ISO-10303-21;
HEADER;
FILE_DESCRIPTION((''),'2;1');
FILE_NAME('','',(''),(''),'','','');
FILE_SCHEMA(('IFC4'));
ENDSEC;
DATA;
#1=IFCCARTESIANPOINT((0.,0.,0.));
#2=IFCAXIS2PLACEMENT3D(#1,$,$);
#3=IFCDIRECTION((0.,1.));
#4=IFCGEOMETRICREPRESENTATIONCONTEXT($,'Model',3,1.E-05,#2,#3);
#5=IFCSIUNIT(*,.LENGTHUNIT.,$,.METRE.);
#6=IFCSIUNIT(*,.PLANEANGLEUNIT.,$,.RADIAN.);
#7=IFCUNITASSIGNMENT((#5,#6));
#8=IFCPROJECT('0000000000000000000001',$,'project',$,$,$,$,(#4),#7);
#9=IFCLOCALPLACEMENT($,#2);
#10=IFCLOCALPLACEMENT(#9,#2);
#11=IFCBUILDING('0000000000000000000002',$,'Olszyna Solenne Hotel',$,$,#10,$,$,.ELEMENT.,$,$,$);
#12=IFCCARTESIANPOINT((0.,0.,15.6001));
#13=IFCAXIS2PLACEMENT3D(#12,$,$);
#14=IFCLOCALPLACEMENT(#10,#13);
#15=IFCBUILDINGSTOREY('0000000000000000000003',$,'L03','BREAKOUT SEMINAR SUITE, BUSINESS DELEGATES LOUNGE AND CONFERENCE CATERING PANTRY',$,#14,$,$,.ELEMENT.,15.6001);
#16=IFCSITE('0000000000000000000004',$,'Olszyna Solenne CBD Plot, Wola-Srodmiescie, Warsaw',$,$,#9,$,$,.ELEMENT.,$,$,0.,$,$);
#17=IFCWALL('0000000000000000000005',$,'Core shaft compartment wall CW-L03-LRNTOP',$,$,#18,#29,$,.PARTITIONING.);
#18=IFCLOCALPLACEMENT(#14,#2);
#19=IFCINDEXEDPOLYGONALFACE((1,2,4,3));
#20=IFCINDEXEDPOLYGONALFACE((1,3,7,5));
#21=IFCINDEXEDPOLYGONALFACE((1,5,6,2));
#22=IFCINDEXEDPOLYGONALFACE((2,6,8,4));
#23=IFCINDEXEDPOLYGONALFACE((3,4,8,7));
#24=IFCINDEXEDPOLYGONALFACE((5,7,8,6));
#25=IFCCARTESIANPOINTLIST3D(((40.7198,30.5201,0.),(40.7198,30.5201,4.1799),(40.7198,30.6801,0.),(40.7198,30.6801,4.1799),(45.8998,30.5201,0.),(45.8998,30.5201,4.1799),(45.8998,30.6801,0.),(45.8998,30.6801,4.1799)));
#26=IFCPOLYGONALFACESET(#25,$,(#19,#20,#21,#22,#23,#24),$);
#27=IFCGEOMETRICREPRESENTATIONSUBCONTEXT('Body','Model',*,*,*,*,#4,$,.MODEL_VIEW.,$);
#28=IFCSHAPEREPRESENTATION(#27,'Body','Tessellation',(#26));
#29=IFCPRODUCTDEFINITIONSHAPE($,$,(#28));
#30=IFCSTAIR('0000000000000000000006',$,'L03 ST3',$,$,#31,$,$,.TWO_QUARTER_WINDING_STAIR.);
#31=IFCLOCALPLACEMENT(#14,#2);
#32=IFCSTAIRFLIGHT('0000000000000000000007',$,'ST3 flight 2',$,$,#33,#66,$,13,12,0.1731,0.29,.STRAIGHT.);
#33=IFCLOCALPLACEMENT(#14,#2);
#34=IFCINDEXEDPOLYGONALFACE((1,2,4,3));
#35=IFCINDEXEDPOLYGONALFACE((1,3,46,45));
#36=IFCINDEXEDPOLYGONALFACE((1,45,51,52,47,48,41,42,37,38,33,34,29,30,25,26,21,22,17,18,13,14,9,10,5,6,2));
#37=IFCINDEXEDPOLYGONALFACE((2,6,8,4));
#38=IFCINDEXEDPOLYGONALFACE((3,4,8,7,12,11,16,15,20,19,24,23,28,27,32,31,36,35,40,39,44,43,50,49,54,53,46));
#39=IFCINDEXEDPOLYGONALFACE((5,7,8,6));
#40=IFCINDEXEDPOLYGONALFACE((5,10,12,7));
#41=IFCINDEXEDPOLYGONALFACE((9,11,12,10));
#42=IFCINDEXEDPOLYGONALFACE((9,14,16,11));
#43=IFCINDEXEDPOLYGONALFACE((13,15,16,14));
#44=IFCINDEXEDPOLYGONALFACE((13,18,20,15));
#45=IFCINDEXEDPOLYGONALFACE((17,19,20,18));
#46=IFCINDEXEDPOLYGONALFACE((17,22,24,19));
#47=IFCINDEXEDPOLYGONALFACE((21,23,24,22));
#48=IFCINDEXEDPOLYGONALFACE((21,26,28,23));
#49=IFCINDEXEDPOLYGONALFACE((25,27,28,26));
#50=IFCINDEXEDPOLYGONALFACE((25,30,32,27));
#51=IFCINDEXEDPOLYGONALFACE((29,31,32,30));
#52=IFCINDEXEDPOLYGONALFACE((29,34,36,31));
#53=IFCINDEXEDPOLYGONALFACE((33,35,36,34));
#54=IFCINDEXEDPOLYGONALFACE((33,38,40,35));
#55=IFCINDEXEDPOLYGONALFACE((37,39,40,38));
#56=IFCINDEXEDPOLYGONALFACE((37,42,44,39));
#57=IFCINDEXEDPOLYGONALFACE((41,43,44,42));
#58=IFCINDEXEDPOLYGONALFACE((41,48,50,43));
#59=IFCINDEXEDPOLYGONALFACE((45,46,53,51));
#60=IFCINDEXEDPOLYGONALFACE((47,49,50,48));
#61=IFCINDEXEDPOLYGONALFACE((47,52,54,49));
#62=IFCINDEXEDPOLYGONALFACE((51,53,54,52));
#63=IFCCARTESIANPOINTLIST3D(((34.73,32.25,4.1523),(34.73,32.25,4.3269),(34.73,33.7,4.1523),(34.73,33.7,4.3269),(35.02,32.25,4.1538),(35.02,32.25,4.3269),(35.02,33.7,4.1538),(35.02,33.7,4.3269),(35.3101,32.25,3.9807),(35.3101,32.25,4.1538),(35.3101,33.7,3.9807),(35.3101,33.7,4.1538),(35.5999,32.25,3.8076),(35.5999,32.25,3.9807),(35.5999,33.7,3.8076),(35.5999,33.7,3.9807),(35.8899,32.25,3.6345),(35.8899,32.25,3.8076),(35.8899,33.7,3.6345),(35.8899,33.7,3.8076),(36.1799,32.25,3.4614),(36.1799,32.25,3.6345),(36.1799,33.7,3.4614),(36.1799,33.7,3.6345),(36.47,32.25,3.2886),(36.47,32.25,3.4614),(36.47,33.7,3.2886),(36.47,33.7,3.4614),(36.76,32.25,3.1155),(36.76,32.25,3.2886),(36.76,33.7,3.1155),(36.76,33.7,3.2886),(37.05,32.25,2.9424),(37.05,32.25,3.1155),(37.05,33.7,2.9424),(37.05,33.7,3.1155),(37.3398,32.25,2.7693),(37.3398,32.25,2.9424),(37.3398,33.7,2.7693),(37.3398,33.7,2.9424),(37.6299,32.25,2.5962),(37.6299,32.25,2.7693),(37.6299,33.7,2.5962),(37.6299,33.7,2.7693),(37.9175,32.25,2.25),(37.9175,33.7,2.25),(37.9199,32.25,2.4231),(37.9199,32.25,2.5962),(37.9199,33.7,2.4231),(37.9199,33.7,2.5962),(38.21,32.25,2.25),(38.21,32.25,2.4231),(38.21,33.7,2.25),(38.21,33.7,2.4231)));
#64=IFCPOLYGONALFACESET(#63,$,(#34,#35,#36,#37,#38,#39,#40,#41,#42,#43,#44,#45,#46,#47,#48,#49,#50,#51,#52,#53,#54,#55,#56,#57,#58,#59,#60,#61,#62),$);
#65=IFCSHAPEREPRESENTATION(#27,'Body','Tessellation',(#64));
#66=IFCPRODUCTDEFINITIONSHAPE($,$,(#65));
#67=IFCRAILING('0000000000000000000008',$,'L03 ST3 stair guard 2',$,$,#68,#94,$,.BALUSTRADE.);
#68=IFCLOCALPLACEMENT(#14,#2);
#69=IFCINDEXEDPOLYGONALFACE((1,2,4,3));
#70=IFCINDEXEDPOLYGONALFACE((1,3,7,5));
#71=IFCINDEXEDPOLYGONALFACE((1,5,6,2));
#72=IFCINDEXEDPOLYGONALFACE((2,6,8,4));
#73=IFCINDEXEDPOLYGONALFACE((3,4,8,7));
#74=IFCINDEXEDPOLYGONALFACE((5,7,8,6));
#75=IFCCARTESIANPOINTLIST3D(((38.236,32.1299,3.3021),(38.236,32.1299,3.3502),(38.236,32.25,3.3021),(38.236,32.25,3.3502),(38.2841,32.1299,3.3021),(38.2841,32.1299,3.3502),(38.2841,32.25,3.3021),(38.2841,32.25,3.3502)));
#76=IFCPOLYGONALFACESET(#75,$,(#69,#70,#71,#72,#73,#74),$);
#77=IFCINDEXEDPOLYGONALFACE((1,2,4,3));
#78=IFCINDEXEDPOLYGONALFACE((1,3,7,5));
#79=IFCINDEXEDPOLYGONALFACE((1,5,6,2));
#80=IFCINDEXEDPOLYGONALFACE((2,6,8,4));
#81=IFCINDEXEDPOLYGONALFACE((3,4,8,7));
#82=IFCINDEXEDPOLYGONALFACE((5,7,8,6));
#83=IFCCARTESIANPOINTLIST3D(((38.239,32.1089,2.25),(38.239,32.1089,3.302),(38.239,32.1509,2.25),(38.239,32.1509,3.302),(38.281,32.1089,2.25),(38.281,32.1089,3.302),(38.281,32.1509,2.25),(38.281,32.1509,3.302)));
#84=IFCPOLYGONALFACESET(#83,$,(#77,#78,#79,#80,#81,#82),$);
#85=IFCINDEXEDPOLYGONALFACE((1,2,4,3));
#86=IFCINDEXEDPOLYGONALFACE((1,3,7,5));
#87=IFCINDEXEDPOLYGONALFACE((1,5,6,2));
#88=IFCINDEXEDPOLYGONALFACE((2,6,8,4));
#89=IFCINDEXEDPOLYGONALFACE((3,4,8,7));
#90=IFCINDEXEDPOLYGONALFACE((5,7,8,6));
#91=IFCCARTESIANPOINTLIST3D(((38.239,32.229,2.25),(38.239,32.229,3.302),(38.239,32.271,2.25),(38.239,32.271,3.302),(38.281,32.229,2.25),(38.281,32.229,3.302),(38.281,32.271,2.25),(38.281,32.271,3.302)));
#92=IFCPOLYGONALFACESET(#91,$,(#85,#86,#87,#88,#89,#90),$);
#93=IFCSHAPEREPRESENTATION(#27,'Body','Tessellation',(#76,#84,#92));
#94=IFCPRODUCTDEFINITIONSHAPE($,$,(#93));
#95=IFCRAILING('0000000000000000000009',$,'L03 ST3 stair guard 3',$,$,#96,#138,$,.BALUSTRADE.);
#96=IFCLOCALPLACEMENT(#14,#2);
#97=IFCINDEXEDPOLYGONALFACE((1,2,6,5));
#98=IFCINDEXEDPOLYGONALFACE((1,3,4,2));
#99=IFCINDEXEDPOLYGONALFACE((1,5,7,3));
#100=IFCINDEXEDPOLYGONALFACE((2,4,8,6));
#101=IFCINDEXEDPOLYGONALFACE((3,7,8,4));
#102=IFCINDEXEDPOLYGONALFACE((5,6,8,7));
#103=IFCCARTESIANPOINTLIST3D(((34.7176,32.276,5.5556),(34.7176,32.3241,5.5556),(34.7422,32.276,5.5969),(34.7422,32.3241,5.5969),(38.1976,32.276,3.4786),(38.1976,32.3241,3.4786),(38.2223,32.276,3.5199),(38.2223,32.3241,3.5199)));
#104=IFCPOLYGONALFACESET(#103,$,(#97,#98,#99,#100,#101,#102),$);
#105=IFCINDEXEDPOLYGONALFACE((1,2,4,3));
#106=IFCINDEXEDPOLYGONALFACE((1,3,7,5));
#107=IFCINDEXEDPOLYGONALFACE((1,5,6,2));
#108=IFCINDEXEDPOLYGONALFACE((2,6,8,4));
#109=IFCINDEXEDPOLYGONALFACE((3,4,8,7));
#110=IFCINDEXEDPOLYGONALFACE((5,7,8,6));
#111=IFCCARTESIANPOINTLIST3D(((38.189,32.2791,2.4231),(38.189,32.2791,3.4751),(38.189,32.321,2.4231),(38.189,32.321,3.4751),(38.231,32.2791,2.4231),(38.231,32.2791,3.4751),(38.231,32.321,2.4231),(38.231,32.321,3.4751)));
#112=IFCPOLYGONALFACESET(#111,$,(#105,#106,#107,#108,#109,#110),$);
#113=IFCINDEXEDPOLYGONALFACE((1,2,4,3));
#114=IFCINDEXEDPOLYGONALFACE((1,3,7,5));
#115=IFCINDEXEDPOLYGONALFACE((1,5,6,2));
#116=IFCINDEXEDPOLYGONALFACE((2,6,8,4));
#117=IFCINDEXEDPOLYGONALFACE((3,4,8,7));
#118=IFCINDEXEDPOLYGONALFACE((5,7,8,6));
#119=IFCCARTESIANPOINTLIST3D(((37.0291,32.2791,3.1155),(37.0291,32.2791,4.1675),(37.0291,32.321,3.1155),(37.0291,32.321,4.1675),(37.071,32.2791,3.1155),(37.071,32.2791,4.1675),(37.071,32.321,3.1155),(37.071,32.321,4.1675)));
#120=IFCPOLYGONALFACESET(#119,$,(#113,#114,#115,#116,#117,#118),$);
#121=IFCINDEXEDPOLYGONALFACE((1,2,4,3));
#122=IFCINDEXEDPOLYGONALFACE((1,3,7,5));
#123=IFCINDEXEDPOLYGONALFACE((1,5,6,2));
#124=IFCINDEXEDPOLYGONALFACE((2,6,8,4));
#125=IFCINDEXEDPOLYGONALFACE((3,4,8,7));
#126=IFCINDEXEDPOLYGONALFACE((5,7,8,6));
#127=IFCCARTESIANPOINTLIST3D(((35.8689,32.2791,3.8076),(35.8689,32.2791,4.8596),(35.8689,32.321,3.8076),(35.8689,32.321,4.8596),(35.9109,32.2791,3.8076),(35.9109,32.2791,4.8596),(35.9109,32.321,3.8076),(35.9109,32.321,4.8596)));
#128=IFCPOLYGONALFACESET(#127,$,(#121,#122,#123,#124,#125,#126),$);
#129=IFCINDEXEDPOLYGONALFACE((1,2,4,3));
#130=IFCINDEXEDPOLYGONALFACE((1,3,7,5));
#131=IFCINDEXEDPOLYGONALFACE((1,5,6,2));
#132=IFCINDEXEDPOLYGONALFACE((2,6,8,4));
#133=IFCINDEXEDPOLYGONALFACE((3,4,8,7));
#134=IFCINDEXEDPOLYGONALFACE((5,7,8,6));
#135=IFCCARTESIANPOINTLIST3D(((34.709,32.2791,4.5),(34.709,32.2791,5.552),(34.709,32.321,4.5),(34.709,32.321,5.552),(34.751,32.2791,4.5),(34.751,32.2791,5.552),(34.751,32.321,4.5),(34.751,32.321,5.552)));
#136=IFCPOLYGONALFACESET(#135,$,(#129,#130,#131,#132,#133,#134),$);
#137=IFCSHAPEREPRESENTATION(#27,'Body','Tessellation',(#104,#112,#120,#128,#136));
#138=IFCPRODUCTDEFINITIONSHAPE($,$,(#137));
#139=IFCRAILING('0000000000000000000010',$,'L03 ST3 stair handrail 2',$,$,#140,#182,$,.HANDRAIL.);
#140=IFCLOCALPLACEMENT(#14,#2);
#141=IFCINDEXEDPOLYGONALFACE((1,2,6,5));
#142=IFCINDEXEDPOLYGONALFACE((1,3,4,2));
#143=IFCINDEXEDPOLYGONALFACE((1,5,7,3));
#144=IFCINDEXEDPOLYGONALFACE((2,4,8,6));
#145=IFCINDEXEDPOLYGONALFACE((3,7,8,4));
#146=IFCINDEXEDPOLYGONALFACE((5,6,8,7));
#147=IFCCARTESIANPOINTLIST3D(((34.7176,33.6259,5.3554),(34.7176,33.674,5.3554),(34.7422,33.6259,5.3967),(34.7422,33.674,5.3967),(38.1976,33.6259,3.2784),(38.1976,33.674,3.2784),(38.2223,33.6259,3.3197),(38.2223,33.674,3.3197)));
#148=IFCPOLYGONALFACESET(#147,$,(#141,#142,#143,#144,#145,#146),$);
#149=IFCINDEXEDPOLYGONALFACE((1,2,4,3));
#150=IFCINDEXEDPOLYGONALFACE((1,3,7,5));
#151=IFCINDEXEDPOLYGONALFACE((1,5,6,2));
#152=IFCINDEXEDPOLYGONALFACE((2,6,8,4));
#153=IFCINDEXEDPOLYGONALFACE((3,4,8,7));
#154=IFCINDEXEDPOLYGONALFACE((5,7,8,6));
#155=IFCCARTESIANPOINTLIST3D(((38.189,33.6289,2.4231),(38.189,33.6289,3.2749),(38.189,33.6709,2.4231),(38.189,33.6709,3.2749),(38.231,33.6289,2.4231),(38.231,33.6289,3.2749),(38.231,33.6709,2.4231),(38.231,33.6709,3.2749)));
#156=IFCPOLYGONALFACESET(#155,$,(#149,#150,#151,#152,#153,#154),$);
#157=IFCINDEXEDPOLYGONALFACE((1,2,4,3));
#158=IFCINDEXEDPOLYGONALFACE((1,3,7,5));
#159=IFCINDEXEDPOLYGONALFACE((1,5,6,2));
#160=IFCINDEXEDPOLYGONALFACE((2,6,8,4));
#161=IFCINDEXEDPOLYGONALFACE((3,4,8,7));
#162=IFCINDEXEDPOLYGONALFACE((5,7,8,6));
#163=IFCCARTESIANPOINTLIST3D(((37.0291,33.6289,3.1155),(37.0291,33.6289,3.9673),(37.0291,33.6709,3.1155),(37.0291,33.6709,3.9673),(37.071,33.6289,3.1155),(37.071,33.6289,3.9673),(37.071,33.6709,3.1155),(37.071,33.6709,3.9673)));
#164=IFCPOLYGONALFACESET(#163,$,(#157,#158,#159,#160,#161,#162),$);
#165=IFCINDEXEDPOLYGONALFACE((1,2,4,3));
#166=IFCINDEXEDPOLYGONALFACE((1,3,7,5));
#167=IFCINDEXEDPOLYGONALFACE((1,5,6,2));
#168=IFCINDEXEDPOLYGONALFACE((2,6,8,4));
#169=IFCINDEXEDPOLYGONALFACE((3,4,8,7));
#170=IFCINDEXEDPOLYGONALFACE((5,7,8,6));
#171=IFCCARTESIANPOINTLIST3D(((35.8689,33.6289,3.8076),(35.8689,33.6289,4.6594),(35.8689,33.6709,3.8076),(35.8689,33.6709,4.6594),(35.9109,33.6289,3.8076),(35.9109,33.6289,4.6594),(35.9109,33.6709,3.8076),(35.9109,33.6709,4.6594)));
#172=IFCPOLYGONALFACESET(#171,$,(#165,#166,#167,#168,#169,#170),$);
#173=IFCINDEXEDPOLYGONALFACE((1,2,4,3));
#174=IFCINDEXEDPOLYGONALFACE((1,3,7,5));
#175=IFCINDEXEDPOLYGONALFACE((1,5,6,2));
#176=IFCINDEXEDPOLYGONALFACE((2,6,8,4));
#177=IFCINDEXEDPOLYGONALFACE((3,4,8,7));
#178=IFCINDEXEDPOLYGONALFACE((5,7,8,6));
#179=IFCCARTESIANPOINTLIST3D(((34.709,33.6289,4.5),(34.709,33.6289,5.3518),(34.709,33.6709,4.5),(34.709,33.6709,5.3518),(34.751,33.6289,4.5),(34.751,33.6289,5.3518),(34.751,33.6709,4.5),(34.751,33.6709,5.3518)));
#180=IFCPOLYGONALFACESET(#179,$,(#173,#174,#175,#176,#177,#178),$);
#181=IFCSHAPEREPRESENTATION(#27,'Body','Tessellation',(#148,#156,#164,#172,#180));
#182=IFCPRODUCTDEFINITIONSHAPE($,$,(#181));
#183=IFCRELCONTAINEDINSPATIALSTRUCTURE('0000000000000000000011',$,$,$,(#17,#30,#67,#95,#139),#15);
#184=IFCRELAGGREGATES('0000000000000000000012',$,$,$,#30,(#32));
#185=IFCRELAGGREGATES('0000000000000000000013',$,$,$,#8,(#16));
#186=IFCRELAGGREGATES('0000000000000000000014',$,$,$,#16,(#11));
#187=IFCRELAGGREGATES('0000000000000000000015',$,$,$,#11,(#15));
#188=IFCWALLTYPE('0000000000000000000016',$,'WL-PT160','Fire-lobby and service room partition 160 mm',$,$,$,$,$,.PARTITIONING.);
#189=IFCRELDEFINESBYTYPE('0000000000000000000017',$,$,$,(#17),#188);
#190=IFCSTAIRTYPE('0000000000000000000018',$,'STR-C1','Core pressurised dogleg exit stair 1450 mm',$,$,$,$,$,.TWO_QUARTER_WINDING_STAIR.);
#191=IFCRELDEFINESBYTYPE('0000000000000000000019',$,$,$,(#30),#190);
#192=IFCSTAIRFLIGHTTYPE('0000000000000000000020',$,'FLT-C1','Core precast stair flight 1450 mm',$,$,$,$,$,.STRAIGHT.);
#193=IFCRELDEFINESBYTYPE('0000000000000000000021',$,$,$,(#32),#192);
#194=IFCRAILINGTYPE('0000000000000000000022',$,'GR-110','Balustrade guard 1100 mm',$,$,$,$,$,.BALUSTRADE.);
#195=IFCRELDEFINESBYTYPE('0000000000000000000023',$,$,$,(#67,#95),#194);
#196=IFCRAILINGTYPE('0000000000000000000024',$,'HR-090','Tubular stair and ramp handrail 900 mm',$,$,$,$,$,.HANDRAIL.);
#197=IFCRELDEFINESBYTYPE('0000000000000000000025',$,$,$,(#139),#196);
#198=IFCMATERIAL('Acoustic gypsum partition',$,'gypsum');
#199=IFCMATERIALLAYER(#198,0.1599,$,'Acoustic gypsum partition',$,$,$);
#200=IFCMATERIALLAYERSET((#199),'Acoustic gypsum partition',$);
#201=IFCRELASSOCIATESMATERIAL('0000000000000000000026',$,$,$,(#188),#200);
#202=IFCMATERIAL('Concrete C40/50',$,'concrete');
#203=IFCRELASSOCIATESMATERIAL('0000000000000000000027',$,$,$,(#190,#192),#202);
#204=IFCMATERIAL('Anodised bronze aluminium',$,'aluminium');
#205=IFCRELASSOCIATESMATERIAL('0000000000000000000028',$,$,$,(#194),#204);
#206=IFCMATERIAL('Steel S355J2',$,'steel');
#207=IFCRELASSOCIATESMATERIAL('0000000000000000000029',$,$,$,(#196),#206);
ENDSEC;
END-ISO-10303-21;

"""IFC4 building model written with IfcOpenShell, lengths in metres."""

from ifc_helpers import new_model, si_unit, direction, frame, frame_2d, origin, origin_2d, place, context, subcontext, project, spatial, polyline, rectangle, outline, extrude, material, layer, layer_set, type_object, element, aggregate, save


model = new_model("IFC4")

# Units and contexts
model_context = context("Model", 3, precision=1e-05, world=origin(), true_north=direction((0.0, 1.0)))
body_context = subcontext(model_context, "Body", "Model", "MODEL_VIEW")
ifc_project = project(units=[si_unit("LENGTHUNIT", "METRE"), si_unit("PLANEANGLEUNIT", "RADIAN")], contexts=[model_context])

# Site, building, storey
site_placement = place(None, origin())
site = spatial("IfcSite", under=ifc_project, at=site_placement, Name="Olszyna Solenne CBD Plot, Wola-Srodmiescie, Warsaw", CompositionType="ELEMENT", RefElevation=0.0)
building_placement = place(site_placement, origin())
building = spatial("IfcBuilding", under=site, at=building_placement, Name="Olszyna Solenne Hotel", CompositionType="ELEMENT")
storey_placement = place(building_placement, frame((0.0, 0.0, 15.6001)))
storey = spatial("IfcBuildingStorey", under=building, at=storey_placement, Name="L03", Description="BREAKOUT SEMINAR SUITE, BUSINESS DELEGATES LOUNGE AND CONFERENCE CATERING PANTRY", CompositionType="ELEMENT", Elevation=15.6001)

# Shared definitions
ifc_material_1 = material(Name="Steel S355J2", Category="steel")

# Shared definitions
ifc_material_2 = material(Name="Anodised bronze aluminium", Category="aluminium")

# Wall
ifc_material_3 = material(Name="Acoustic gypsum partition", Category="gypsum")
ifc_layer_1 = layer(ifc_material_3, 0.1599, Name="Acoustic gypsum partition")
ifc_layer_set_1 = layer_set([ifc_layer_1], Name="Acoustic gypsum partition")
wall_type_1 = type_object("IfcWallType", Name="WL-PT160", Description="Fire-lobby and service room partition 160 mm", PredefinedType="PARTITIONING", material=ifc_layer_set_1)
wall_1_placement = place(storey_placement, frame((40.72, 30.6001, 0.0), z_axis=(0.0, 0.0, 1.0), x_axis=(1.0, 0.0, 0.0)))
element("IfcWall", 1, at=wall_1_placement, inside=storey, type_object=wall_type_1, Name="Core shaft compartment wall CW-L03-LRNTOP", PredefinedType="PARTITIONING", context=body_context, shape_type="SweptSolid", body=[
    extrude(rectangle(XDim=5.1799, YDim=0.1599, at=frame_2d((2.5898, 0.0))), origin(), (0.0, 0.0, 1.0), 4.1799),
])

# Stair, stair flight
ifc_material_4 = material(Name="Concrete C40/50", Category="concrete")
stair_type = type_object("IfcStairType", Name="STR-C1", Description="Core pressurised dogleg exit stair 1450 mm", PredefinedType="TWO_QUARTER_WINDING_STAIR", material=ifc_material_4)
stair_placement = place(storey_placement, origin())
stair = element("IfcStair", 2, at=stair_placement, inside=storey, type_object=stair_type, Name="L03 ST3", PredefinedType="TWO_QUARTER_WINDING_STAIR")
stair_flight_type = type_object("IfcStairFlightType", Name="FLT-C1", Description="Core precast stair flight 1450 mm", PredefinedType="STRAIGHT", material=ifc_material_4)
stair_flight_placement = place(storey_placement, frame((38.21, 32.9751, 2.25), z_axis=(0.0, 0.0, 1.0), x_axis=(-1.0, 0.0, 0.0)))
stair_flight = element("IfcStairFlight", 3, at=stair_flight_placement, type_object=stair_flight_type, Name="ST3 flight 2", NumberOfRisers=13, NumberOfTreads=12, PredefinedType="STRAIGHT", RiserHeight=0.1731, TreadLength=0.29, context=body_context, shape_type="SweptSolid", body=[
    extrude(outline(polyline([(0.0, 0.0), (0.0, 0.1731), (0.29, 0.1731), (0.29, 0.3462), (0.5801, 0.3462), (0.5801, 0.5193), (0.8701, 0.5193), (0.8701, 0.6924), (1.1599, 0.6924), (1.1599, 0.8655), (1.45, 0.8655), (1.45, 1.0386), (1.74, 1.0386), (1.74, 1.2114), (2.03, 1.2114), (2.03, 1.3845), (2.3201, 1.3845), (2.3201, 1.5576), (2.6101, 1.5576), (2.6101, 1.7307), (2.8999, 1.7307), (2.8999, 1.9038), (3.1899, 1.9038), (3.1899, 2.0769), (3.48, 2.0769), (3.48, 2.25), (3.48, 1.9023), (0.2925, 0.0), (0.0, 0.0)])), frame((0.0, 0.7251, 0.0), z_axis=(0.0, -1.0, 0.0), x_axis=(1.0, 0.0, 0.0)), (0.0, 0.0, 1.0), 1.45),
])
aggregate(stair, [stair_flight])

# Railings
railing_type_1 = type_object("IfcRailingType", Name="GR-110", Description="Balustrade guard 1100 mm", PredefinedType="BALUSTRADE", material=ifc_material_2)
railing_1_placement = place(storey_placement, frame((38.26, 32.1299, 2.25)))
element("IfcRailing", 4, at=railing_1_placement, inside=storey, type_object=railing_type_1, Name="L03 ST3 stair guard 2", PredefinedType="BALUSTRADE", context=body_context, shape_type="SweptSolid", body=[
    extrude(rectangle(XDim=0.0481, YDim=0.0481, at=origin_2d()), frame((0.0, 0.0, 1.0762), z_axis=(0.0, 1.0, 0.0), x_axis=(-1.0, 0.0, 0.0)), (0.0, 0.0, 1.0), 0.1201),
    extrude(rectangle(XDim=0.042, YDim=0.042, at=origin_2d()), origin(), (0.0, 0.0, 1.0), 1.052),
    extrude(rectangle(XDim=0.042, YDim=0.042, at=origin_2d()), frame((0.0, 0.1201, 0.0)), (0.0, 0.0, 1.0), 1.052),
])
railing_2_placement = place(storey_placement, frame((38.21, 32.3, 2.4231)))
element("IfcRailing", 5, at=railing_2_placement, inside=storey, type_object=railing_type_1, Name="L03 ST3 stair guard 3", PredefinedType="BALUSTRADE", context=body_context, shape_type="SweptSolid", body=[
    extrude(rectangle(XDim=0.0481, YDim=0.0481, at=origin_2d()), frame((0.0, 0.0, 1.0762), z_axis=(-0.858697, 0.0, 0.512483), x_axis=(0.0, -1.0, 0.0)), (0.0, 0.0, 1.0), 4.0527),
    extrude(rectangle(XDim=0.042, YDim=0.042, at=origin_2d()), origin(), (0.0, 0.0, 1.0), 1.052),
    extrude(rectangle(XDim=0.042, YDim=0.042, at=origin_2d()), frame((-1.1599, 0.0, 0.6924)), (0.0, 0.0, 1.0), 1.052),
    extrude(rectangle(XDim=0.042, YDim=0.042, at=origin_2d()), frame((-2.3201, 0.0, 1.3845)), (0.0, 0.0, 1.0), 1.052),
    extrude(rectangle(XDim=0.042, YDim=0.042, at=origin_2d()), frame((-3.48, 0.0, 2.0769)), (0.0, 0.0, 1.0), 1.052),
])
railing_type_2 = type_object("IfcRailingType", Name="HR-090", Description="Tubular stair and ramp handrail 900 mm", PredefinedType="HANDRAIL", material=ifc_material_1)
railing_3_placement = place(storey_placement, frame((38.21, 33.6499, 2.4231)))
element("IfcRailing", 6, at=railing_3_placement, inside=storey, type_object=railing_type_2, Name="L03 ST3 stair handrail 2", PredefinedType="HANDRAIL", context=body_context, shape_type="SweptSolid", body=[
    extrude(rectangle(XDim=0.0481, YDim=0.0481, at=origin_2d()), frame((0.0, 0.0, 0.876), z_axis=(-0.858697, 0.0, 0.512483), x_axis=(0.0, -1.0, 0.0)), (0.0, 0.0, 1.0), 4.0527),
    extrude(rectangle(XDim=0.042, YDim=0.042, at=origin_2d()), origin(), (0.0, 0.0, 1.0), 0.8518),
    extrude(rectangle(XDim=0.042, YDim=0.042, at=origin_2d()), frame((-1.1599, 0.0, 0.6924)), (0.0, 0.0, 1.0), 0.8518),
    extrude(rectangle(XDim=0.042, YDim=0.042, at=origin_2d()), frame((-2.3201, 0.0, 1.3845)), (0.0, 0.0, 1.0), 0.8518),
    extrude(rectangle(XDim=0.042, YDim=0.042, at=origin_2d()), frame((-3.48, 0.0, 2.0769)), (0.0, 0.0, 1.0), 0.8518),
])

save(model, "model.ifc")
